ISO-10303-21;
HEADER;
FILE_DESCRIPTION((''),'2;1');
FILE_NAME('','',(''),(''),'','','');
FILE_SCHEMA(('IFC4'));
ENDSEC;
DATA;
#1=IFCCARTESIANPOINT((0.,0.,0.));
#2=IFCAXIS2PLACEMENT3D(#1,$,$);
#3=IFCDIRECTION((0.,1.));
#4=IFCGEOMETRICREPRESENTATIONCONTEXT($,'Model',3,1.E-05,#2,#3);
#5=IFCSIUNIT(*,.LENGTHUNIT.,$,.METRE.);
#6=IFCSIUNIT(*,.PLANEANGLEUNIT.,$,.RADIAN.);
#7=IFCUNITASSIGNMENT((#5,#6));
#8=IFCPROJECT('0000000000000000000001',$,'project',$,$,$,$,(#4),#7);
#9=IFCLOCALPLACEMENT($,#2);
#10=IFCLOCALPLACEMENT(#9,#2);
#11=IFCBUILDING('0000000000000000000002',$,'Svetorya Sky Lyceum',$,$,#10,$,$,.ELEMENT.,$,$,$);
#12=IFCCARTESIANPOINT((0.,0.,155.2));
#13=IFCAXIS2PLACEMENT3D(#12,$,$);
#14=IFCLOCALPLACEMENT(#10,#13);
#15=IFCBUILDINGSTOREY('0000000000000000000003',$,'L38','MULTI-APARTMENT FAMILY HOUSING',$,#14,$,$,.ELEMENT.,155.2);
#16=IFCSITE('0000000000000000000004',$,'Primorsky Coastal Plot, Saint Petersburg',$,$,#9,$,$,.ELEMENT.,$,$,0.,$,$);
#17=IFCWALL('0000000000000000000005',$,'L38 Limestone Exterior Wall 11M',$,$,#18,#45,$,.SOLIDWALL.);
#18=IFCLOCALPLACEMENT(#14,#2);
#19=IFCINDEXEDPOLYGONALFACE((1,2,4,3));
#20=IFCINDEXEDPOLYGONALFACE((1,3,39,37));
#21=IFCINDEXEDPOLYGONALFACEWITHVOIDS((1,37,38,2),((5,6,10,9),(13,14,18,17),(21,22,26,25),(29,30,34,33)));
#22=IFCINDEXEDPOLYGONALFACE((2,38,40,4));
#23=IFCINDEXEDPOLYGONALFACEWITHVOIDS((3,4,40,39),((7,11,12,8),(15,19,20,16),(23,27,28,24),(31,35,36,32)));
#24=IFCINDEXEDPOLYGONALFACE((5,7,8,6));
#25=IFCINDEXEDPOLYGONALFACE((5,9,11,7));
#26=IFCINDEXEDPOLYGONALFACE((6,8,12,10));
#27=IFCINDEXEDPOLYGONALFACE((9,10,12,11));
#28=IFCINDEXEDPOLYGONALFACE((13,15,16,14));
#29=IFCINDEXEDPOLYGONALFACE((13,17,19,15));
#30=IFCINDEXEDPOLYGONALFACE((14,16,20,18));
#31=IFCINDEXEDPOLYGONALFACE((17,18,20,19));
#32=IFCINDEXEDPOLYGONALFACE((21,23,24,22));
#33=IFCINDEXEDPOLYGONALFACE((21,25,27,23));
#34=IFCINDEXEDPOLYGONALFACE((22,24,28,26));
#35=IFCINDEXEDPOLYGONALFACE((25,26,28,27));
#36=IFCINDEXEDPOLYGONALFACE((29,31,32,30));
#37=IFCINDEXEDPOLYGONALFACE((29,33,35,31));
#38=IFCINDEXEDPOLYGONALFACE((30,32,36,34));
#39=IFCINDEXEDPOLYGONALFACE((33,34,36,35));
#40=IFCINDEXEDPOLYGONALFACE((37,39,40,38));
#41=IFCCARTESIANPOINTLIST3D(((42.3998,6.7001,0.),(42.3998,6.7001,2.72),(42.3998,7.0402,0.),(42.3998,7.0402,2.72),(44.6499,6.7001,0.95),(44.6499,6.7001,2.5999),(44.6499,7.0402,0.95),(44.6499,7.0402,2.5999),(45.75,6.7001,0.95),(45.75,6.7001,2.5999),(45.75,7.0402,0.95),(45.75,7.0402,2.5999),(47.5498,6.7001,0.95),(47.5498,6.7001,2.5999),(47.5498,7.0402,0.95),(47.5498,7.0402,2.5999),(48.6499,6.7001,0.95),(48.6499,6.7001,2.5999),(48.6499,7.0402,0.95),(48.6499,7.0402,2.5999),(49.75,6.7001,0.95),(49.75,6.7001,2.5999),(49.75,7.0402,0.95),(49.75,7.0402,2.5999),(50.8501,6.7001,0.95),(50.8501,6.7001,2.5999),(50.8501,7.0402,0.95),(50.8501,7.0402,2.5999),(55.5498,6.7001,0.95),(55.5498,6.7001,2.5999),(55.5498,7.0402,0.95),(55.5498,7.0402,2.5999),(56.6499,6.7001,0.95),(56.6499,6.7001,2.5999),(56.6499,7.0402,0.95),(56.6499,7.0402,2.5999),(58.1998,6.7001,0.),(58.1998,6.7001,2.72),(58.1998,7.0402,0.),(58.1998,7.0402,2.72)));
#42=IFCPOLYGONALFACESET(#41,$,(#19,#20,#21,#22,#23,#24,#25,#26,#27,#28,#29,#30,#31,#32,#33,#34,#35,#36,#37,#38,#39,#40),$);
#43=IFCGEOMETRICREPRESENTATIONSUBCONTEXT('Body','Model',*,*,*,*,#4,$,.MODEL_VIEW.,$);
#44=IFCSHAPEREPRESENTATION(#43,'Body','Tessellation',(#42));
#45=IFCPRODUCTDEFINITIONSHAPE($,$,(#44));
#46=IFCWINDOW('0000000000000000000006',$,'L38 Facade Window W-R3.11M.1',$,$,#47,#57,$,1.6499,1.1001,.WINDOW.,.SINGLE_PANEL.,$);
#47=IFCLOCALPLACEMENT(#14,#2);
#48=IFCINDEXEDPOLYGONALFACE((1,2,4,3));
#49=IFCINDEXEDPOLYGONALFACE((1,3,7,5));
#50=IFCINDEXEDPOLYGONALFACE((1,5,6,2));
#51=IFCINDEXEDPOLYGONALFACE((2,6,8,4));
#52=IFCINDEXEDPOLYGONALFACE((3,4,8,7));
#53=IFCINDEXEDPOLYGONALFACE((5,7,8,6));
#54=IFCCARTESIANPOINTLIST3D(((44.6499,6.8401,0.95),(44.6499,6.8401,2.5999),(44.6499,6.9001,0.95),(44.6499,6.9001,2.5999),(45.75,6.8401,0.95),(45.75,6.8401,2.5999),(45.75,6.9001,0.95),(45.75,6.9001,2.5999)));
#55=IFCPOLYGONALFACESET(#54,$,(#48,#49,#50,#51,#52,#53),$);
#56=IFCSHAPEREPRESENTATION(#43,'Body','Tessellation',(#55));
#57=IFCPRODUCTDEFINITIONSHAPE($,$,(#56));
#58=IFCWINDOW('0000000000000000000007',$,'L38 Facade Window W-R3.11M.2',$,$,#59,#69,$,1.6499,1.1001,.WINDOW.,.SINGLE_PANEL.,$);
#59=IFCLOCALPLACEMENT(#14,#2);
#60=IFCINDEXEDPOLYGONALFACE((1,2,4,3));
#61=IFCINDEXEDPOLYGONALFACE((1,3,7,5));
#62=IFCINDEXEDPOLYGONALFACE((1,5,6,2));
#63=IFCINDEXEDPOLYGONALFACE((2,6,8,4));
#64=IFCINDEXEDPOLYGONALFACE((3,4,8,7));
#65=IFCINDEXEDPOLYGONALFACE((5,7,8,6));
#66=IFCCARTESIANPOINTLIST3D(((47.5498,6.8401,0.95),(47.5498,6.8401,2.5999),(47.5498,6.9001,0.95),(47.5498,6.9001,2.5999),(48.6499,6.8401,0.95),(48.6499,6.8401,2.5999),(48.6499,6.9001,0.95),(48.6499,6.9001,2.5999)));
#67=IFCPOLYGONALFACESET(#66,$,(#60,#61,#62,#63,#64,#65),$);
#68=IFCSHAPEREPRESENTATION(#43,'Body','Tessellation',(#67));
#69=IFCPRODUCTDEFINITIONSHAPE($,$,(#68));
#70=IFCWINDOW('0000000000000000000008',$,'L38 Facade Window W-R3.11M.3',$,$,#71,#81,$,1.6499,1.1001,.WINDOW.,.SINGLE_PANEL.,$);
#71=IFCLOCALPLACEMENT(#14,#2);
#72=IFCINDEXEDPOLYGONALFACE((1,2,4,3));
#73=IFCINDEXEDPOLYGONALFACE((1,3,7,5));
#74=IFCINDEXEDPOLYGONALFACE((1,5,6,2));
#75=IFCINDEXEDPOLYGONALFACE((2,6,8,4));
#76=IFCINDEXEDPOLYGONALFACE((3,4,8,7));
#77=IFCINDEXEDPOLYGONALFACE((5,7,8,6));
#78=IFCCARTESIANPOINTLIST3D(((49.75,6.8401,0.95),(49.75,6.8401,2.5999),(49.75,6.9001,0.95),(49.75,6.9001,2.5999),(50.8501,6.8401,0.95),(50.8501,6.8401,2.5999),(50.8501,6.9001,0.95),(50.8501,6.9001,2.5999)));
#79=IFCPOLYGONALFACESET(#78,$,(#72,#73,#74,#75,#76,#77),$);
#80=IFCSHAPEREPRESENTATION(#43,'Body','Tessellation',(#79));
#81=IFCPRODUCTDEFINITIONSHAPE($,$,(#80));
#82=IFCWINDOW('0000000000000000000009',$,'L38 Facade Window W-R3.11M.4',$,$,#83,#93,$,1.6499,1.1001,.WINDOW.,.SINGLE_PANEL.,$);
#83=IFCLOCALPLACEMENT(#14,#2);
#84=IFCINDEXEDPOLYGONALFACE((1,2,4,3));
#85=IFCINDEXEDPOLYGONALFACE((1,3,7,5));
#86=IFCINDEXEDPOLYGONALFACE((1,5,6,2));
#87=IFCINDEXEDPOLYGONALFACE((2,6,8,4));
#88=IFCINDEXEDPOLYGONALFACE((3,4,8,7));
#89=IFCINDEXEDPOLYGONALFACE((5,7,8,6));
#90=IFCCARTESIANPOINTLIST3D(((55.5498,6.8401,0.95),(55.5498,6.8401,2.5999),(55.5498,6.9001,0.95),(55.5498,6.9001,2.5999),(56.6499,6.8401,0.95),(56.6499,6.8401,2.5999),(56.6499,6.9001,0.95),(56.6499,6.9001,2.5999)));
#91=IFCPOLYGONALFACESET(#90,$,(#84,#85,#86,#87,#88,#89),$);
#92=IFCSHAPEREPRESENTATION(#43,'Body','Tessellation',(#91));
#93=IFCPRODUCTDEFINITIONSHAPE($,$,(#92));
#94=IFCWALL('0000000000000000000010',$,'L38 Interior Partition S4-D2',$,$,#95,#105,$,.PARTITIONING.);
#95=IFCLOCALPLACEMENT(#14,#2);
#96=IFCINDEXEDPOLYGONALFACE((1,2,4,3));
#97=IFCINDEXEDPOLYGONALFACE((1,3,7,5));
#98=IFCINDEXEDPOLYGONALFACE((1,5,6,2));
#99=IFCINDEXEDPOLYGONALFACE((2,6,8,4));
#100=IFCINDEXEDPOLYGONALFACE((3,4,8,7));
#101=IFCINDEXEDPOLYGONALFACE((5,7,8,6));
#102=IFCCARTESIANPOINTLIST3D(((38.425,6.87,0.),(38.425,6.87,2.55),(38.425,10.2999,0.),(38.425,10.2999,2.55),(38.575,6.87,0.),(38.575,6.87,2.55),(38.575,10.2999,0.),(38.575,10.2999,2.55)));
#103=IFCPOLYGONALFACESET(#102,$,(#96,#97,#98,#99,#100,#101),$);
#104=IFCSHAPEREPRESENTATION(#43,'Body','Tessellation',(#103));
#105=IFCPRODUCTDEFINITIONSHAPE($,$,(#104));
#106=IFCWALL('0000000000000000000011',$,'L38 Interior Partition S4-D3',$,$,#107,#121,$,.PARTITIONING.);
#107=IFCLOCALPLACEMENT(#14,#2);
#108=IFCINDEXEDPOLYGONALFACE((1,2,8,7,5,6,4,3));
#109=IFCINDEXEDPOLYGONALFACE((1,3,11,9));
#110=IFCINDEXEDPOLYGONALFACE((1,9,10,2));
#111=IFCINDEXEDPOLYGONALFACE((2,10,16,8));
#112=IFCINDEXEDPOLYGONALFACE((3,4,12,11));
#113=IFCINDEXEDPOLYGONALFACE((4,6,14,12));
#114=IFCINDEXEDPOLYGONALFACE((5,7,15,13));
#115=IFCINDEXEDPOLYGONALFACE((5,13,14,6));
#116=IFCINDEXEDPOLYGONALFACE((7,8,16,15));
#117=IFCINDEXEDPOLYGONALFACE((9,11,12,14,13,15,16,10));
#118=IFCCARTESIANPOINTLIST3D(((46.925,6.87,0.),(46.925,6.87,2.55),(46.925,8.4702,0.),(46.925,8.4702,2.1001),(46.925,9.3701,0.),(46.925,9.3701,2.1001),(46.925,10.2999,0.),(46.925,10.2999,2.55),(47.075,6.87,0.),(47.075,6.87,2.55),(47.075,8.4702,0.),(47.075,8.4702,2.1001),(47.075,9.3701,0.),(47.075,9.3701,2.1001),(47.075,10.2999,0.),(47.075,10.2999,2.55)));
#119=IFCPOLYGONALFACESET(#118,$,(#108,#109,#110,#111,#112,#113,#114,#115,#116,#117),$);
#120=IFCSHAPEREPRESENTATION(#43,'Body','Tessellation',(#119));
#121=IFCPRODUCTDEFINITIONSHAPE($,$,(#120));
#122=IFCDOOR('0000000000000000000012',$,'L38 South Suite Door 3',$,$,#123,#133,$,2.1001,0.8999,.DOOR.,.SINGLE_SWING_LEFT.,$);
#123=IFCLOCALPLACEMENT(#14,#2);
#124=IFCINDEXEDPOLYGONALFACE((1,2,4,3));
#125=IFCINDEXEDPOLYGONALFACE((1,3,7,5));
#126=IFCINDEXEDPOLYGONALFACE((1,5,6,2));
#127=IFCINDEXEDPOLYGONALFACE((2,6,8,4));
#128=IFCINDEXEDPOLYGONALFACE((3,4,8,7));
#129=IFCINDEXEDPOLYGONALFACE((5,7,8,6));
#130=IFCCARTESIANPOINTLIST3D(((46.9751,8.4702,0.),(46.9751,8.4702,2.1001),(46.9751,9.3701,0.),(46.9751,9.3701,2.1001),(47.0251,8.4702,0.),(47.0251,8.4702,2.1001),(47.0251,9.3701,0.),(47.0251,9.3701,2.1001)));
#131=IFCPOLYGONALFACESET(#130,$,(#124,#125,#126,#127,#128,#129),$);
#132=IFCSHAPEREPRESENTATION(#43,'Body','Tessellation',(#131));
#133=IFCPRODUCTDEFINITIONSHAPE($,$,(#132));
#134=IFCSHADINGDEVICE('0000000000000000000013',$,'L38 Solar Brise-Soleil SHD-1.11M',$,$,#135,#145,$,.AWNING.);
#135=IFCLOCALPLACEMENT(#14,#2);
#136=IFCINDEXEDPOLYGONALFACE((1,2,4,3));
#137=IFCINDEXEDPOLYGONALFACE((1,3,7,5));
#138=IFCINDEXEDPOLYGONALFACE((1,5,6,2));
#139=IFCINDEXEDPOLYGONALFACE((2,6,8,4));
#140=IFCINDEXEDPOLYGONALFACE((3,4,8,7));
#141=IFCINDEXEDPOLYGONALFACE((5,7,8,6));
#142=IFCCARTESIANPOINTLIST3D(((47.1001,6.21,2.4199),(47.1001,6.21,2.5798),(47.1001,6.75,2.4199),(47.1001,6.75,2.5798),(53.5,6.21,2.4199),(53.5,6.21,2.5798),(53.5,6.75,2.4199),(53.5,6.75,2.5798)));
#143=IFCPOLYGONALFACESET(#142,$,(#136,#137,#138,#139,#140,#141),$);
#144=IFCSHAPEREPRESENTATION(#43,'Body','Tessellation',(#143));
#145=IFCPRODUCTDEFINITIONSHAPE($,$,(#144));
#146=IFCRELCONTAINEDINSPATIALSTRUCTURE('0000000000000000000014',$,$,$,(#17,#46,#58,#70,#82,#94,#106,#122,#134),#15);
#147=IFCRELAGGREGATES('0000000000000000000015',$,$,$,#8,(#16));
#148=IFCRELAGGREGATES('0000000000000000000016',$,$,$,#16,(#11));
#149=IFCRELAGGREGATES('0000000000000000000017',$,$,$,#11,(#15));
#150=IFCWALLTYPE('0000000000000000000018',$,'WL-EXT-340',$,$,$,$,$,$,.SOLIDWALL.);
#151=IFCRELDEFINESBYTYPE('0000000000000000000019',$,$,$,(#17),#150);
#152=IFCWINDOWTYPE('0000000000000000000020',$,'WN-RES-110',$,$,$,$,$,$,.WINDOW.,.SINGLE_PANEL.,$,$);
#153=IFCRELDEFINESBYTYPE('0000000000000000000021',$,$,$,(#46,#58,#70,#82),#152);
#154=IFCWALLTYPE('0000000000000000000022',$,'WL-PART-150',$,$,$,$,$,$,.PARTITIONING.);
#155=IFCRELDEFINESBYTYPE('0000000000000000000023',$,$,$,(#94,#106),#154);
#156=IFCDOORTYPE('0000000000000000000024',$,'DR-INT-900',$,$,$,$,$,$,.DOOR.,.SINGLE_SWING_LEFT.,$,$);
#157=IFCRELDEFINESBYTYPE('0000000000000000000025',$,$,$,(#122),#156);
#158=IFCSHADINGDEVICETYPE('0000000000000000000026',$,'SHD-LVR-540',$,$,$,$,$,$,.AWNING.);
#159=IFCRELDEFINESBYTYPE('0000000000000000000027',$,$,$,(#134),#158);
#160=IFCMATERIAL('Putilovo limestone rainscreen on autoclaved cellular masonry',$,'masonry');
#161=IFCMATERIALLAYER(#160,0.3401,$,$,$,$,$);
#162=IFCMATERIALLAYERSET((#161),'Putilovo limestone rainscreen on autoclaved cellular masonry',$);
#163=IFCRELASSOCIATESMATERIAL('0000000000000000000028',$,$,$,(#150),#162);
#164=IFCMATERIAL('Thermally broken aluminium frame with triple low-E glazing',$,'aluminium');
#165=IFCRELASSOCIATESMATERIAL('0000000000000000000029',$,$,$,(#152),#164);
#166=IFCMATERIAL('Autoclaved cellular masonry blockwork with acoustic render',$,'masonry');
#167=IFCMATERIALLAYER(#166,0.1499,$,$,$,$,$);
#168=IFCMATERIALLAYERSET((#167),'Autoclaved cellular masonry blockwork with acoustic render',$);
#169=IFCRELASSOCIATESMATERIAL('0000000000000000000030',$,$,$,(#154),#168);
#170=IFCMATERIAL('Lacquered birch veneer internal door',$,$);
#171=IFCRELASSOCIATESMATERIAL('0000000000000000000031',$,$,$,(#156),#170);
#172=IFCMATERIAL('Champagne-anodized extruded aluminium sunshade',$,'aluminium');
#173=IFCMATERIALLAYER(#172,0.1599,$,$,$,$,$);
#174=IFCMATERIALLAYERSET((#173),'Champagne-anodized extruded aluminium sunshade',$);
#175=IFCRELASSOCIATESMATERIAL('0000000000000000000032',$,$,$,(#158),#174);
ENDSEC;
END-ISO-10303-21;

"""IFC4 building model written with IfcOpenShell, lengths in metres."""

from ifc_helpers import new_model, si_unit, direction, frame, frame_2d, origin, origin_2d, place, context, subcontext, project, spatial, rectangle, extrude, material, layer, layer_set, type_object, element, fill, save


model = new_model("IFC4")

# Units and contexts
model_context = context("Model", 3, precision=1e-05, world=origin(), true_north=direction((0.0, 1.0)))
body_context = subcontext(model_context, "Body", "Model", "MODEL_VIEW")
ifc_project = project(units=[si_unit("LENGTHUNIT", "METRE"), si_unit("PLANEANGLEUNIT", "RADIAN")], contexts=[model_context])

# Site, building, storey
site_placement = place(None, origin())
site = spatial("IfcSite", under=ifc_project, at=site_placement, Name="Primorsky Coastal Plot, Saint Petersburg", CompositionType="ELEMENT", RefElevation=0.0)
building_placement = place(site_placement, origin())
building = spatial("IfcBuilding", under=site, at=building_placement, Name="Svetorya Sky Lyceum", CompositionType="ELEMENT")
storey_placement = place(building_placement, frame((0.0, 0.0, 155.2)))
storey = spatial("IfcBuildingStorey", under=building, at=storey_placement, Name="L38", Description="MULTI-APARTMENT FAMILY HOUSING", CompositionType="ELEMENT", Elevation=155.2)

# Shared definitions
ifc_material_1 = material(Name="Putilovo limestone rainscreen on autoclaved cellular masonry", Category="masonry")
ifc_layer_1 = layer(ifc_material_1, 0.3401)
ifc_layer_set_1 = layer_set([ifc_layer_1], Name="Putilovo limestone rainscreen on autoclaved cellular masonry")
wall_type_1 = type_object("IfcWallType", Name="WL-EXT-340", PredefinedType="SOLIDWALL", material=ifc_layer_set_1)

# Wall, openings, windows
wall_1_placement = place(storey_placement, frame((42.3999, 6.8701, 0.0), z_axis=(0.0, 0.0, 1.0), x_axis=(1.0, 0.0, 0.0)))
wall_1 = element("IfcWall", 1, at=wall_1_placement, inside=storey, type_object=wall_type_1, Name="L38 Limestone Exterior Wall 11M", PredefinedType="SOLIDWALL", context=body_context, shape_type="SweptSolid", body=[
    extrude(rectangle(XDim=15.8, YDim=0.3401, at=frame_2d((7.8999, 0.0))), origin(), (0.0, 0.0, 1.0), 2.72),
])
opening_1_placement = place(wall_1_placement, frame((2.25, 0.0, 0.95)))
opening_1 = element("IfcOpeningElement", 2, at=opening_1_placement, cuts=wall_1, PredefinedType="OPENING", context=body_context, shape_type="SweptSolid", body=[
    extrude(rectangle(XDim=1.1001, YDim=1.6499, at=frame_2d((0.55, 0.825))), frame((0.0, 0.1799, 0.0), z_axis=(0.0, -1.0, 0.0), x_axis=(1.0, 0.0, 0.0)), (0.0, 0.0, 1.0), 0.3601),
])
opening_2_placement = place(wall_1_placement, frame((5.1499, 0.0, 0.95)))
opening_2 = element("IfcOpeningElement", 3, at=opening_2_placement, cuts=wall_1, PredefinedType="OPENING", context=body_context, shape_type="SweptSolid", body=[
    extrude(rectangle(XDim=1.1001, YDim=1.6499, at=frame_2d((0.55, 0.825))), frame((0.0, 0.1799, 0.0), z_axis=(0.0, -1.0, 0.0), x_axis=(1.0, 0.0, 0.0)), (0.0, 0.0, 1.0), 0.3601),
])
opening_3_placement = place(wall_1_placement, frame((7.3501, 0.0, 0.95)))
opening_3 = element("IfcOpeningElement", 4, at=opening_3_placement, cuts=wall_1, PredefinedType="OPENING", context=body_context, shape_type="SweptSolid", body=[
    extrude(rectangle(XDim=1.1001, YDim=1.6499, at=frame_2d((0.55, 0.825))), frame((0.0, 0.1799, 0.0), z_axis=(0.0, -1.0, 0.0), x_axis=(1.0, 0.0, 0.0)), (0.0, 0.0, 1.0), 0.3601),
])
opening_4_placement = place(wall_1_placement, frame((13.1499, 0.0, 0.95)))
opening_4 = element("IfcOpeningElement", 5, at=opening_4_placement, cuts=wall_1, PredefinedType="OPENING", context=body_context, shape_type="SweptSolid", body=[
    extrude(rectangle(XDim=1.1001, YDim=1.6499, at=frame_2d((0.55, 0.825))), frame((0.0, 0.1799, 0.0), z_axis=(0.0, -1.0, 0.0), x_axis=(1.0, 0.0, 0.0)), (0.0, 0.0, 1.0), 0.3601),
])
ifc_material_2 = material(Name="Thermally broken aluminium frame with triple low-E glazing", Category="aluminium")
window_type = type_object("IfcWindowType", Name="WN-RES-110", PartitioningType="SINGLE_PANEL", PredefinedType="WINDOW", material=ifc_material_2)
window_1_placement = place(opening_1_placement, origin())
window_1 = element("IfcWindow", 6, at=window_1_placement, inside=storey, type_object=window_type, Name="L38 Facade Window W-R3.11M.1", OverallHeight=1.6499, OverallWidth=1.1001, PartitioningType="SINGLE_PANEL", PredefinedType="WINDOW", context=body_context, shape_type="SweptSolid", body=[
    extrude(rectangle(XDim=1.1001, YDim=1.6499, at=frame_2d((0.55, 0.825))), frame((0.0, 0.03, 0.0), z_axis=(0.0, -1.0, 0.0), x_axis=(1.0, 0.0, 0.0)), (0.0, 0.0, 1.0), 0.0601),
])
fill(opening_1, window_1)
window_2_placement = place(opening_2_placement, origin())
window_2 = element("IfcWindow", 7, at=window_2_placement, inside=storey, type_object=window_type, Name="L38 Facade Window W-R3.11M.2", OverallHeight=1.6499, OverallWidth=1.1001, PartitioningType="SINGLE_PANEL", PredefinedType="WINDOW", context=body_context, shape_type="SweptSolid", body=[
    extrude(rectangle(XDim=1.1001, YDim=1.6499, at=frame_2d((0.55, 0.825))), frame((0.0, 0.03, 0.0), z_axis=(0.0, -1.0, 0.0), x_axis=(1.0, 0.0, 0.0)), (0.0, 0.0, 1.0), 0.0601),
])
fill(opening_2, window_2)
window_3_placement = place(opening_3_placement, origin())
window_3 = element("IfcWindow", 8, at=window_3_placement, inside=storey, type_object=window_type, Name="L38 Facade Window W-R3.11M.3", OverallHeight=1.6499, OverallWidth=1.1001, PartitioningType="SINGLE_PANEL", PredefinedType="WINDOW", context=body_context, shape_type="SweptSolid", body=[
    extrude(rectangle(XDim=1.1001, YDim=1.6499, at=frame_2d((0.55, 0.825))), frame((0.0, 0.03, 0.0), z_axis=(0.0, -1.0, 0.0), x_axis=(1.0, 0.0, 0.0)), (0.0, 0.0, 1.0), 0.0601),
])
fill(opening_3, window_3)
window_4_placement = place(opening_4_placement, origin())
window_4 = element("IfcWindow", 9, at=window_4_placement, inside=storey, type_object=window_type, Name="L38 Facade Window W-R3.11M.4", OverallHeight=1.6499, OverallWidth=1.1001, PartitioningType="SINGLE_PANEL", PredefinedType="WINDOW", context=body_context, shape_type="SweptSolid", body=[
    extrude(rectangle(XDim=1.1001, YDim=1.6499, at=frame_2d((0.55, 0.825))), frame((0.0, 0.03, 0.0), z_axis=(0.0, -1.0, 0.0), x_axis=(1.0, 0.0, 0.0)), (0.0, 0.0, 1.0), 0.0601),
])
fill(opening_4, window_4)

# Wall
ifc_material_3 = material(Name="Autoclaved cellular masonry blockwork with acoustic render", Category="masonry")
ifc_layer_2 = layer(ifc_material_3, 0.1499)
ifc_layer_set_2 = layer_set([ifc_layer_2], Name="Autoclaved cellular masonry blockwork with acoustic render")
wall_type_2 = type_object("IfcWallType", Name="WL-PART-150", PredefinedType="PARTITIONING", material=ifc_layer_set_2)
wall_2_placement = place(storey_placement, frame((38.5, 6.8701, 0.0), z_axis=(0.0, 0.0, 1.0), x_axis=(0.0, 1.0, 0.0)))
element("IfcWall", 10, at=wall_2_placement, inside=storey, type_object=wall_type_2, Name="L38 Interior Partition S4-D2", PredefinedType="PARTITIONING", context=body_context, shape_type="SweptSolid", body=[
    extrude(rectangle(XDim=3.4299, YDim=0.1499, at=frame_2d((1.7148, 0.0))), origin(), (0.0, 0.0, 1.0), 2.55),
])

# Wall, opening, door
wall_3_placement = place(storey_placement, frame((47.0, 6.8701, 0.0), z_axis=(0.0, 0.0, 1.0), x_axis=(0.0, 1.0, 0.0)))
wall_3 = element("IfcWall", 11, at=wall_3_placement, inside=storey, type_object=wall_type_2, Name="L38 Interior Partition S4-D3", PredefinedType="PARTITIONING", context=body_context, shape_type="SweptSolid", body=[
    extrude(rectangle(XDim=3.4299, YDim=0.1499, at=frame_2d((1.7148, 0.0))), origin(), (0.0, 0.0, 1.0), 2.55),
])
opening_5_placement = place(wall_3_placement, frame((1.6001, 0.0, 0.0)))
opening_5 = element("IfcOpeningElement", 12, at=opening_5_placement, cuts=wall_3, PredefinedType="OPENING", context=body_context, shape_type="SweptSolid", body=[
    extrude(rectangle(XDim=0.8999, YDim=2.1001, at=frame_2d((0.45, 1.05))), frame((0.0, 0.085, 0.0), z_axis=(0.0, -1.0, 0.0), x_axis=(1.0, 0.0, 0.0)), (0.0, 0.0, 1.0), 0.1699),
])
ifc_material_4 = material(Name="Lacquered birch veneer internal door")
door_type = type_object("IfcDoorType", Name="DR-INT-900", OperationType="SINGLE_SWING_LEFT", PredefinedType="DOOR", material=ifc_material_4)
door_placement = place(opening_5_placement, origin())
door = element("IfcDoor", 13, at=door_placement, inside=storey, type_object=door_type, Name="L38 South Suite Door 3", OperationType="SINGLE_SWING_LEFT", OverallHeight=2.1001, OverallWidth=0.8999, PredefinedType="DOOR", context=body_context, shape_type="SweptSolid", body=[
    extrude(rectangle(XDim=0.8999, YDim=2.1001, at=frame_2d((0.45, 1.05))), frame((0.0, 0.0249, 0.0), z_axis=(0.0, -1.0, 0.0), x_axis=(1.0, 0.0, 0.0)), (0.0, 0.0, 1.0), 0.05),
])
fill(opening_5, door)

# Shading device
ifc_material_5 = material(Name="Champagne-anodized extruded aluminium sunshade", Category="aluminium")
ifc_layer_3 = layer(ifc_material_5, 0.1599)
ifc_layer_set_3 = layer_set([ifc_layer_3], Name="Champagne-anodized extruded aluminium sunshade")
shading_device_type = type_object("IfcShadingDeviceType", Name="SHD-LVR-540", PredefinedType="AWNING", material=ifc_layer_set_3)
shading_device_placement = place(storey_placement, frame((50.3, 6.48, 2.4199), z_axis=(0.0, 0.0, 1.0), x_axis=(1.0, 0.0, 0.0)))
element("IfcShadingDevice", 14, at=shading_device_placement, inside=storey, type_object=shading_device_type, Name="L38 Solar Brise-Soleil SHD-1.11M", PredefinedType="AWNING", context=body_context, shape_type="SweptSolid", body=[
    extrude(rectangle(XDim=6.3999, YDim=0.54, at=origin_2d()), origin(), (0.0, 0.0, 1.0), 0.1599),
])

save(model, "model.ifc")
